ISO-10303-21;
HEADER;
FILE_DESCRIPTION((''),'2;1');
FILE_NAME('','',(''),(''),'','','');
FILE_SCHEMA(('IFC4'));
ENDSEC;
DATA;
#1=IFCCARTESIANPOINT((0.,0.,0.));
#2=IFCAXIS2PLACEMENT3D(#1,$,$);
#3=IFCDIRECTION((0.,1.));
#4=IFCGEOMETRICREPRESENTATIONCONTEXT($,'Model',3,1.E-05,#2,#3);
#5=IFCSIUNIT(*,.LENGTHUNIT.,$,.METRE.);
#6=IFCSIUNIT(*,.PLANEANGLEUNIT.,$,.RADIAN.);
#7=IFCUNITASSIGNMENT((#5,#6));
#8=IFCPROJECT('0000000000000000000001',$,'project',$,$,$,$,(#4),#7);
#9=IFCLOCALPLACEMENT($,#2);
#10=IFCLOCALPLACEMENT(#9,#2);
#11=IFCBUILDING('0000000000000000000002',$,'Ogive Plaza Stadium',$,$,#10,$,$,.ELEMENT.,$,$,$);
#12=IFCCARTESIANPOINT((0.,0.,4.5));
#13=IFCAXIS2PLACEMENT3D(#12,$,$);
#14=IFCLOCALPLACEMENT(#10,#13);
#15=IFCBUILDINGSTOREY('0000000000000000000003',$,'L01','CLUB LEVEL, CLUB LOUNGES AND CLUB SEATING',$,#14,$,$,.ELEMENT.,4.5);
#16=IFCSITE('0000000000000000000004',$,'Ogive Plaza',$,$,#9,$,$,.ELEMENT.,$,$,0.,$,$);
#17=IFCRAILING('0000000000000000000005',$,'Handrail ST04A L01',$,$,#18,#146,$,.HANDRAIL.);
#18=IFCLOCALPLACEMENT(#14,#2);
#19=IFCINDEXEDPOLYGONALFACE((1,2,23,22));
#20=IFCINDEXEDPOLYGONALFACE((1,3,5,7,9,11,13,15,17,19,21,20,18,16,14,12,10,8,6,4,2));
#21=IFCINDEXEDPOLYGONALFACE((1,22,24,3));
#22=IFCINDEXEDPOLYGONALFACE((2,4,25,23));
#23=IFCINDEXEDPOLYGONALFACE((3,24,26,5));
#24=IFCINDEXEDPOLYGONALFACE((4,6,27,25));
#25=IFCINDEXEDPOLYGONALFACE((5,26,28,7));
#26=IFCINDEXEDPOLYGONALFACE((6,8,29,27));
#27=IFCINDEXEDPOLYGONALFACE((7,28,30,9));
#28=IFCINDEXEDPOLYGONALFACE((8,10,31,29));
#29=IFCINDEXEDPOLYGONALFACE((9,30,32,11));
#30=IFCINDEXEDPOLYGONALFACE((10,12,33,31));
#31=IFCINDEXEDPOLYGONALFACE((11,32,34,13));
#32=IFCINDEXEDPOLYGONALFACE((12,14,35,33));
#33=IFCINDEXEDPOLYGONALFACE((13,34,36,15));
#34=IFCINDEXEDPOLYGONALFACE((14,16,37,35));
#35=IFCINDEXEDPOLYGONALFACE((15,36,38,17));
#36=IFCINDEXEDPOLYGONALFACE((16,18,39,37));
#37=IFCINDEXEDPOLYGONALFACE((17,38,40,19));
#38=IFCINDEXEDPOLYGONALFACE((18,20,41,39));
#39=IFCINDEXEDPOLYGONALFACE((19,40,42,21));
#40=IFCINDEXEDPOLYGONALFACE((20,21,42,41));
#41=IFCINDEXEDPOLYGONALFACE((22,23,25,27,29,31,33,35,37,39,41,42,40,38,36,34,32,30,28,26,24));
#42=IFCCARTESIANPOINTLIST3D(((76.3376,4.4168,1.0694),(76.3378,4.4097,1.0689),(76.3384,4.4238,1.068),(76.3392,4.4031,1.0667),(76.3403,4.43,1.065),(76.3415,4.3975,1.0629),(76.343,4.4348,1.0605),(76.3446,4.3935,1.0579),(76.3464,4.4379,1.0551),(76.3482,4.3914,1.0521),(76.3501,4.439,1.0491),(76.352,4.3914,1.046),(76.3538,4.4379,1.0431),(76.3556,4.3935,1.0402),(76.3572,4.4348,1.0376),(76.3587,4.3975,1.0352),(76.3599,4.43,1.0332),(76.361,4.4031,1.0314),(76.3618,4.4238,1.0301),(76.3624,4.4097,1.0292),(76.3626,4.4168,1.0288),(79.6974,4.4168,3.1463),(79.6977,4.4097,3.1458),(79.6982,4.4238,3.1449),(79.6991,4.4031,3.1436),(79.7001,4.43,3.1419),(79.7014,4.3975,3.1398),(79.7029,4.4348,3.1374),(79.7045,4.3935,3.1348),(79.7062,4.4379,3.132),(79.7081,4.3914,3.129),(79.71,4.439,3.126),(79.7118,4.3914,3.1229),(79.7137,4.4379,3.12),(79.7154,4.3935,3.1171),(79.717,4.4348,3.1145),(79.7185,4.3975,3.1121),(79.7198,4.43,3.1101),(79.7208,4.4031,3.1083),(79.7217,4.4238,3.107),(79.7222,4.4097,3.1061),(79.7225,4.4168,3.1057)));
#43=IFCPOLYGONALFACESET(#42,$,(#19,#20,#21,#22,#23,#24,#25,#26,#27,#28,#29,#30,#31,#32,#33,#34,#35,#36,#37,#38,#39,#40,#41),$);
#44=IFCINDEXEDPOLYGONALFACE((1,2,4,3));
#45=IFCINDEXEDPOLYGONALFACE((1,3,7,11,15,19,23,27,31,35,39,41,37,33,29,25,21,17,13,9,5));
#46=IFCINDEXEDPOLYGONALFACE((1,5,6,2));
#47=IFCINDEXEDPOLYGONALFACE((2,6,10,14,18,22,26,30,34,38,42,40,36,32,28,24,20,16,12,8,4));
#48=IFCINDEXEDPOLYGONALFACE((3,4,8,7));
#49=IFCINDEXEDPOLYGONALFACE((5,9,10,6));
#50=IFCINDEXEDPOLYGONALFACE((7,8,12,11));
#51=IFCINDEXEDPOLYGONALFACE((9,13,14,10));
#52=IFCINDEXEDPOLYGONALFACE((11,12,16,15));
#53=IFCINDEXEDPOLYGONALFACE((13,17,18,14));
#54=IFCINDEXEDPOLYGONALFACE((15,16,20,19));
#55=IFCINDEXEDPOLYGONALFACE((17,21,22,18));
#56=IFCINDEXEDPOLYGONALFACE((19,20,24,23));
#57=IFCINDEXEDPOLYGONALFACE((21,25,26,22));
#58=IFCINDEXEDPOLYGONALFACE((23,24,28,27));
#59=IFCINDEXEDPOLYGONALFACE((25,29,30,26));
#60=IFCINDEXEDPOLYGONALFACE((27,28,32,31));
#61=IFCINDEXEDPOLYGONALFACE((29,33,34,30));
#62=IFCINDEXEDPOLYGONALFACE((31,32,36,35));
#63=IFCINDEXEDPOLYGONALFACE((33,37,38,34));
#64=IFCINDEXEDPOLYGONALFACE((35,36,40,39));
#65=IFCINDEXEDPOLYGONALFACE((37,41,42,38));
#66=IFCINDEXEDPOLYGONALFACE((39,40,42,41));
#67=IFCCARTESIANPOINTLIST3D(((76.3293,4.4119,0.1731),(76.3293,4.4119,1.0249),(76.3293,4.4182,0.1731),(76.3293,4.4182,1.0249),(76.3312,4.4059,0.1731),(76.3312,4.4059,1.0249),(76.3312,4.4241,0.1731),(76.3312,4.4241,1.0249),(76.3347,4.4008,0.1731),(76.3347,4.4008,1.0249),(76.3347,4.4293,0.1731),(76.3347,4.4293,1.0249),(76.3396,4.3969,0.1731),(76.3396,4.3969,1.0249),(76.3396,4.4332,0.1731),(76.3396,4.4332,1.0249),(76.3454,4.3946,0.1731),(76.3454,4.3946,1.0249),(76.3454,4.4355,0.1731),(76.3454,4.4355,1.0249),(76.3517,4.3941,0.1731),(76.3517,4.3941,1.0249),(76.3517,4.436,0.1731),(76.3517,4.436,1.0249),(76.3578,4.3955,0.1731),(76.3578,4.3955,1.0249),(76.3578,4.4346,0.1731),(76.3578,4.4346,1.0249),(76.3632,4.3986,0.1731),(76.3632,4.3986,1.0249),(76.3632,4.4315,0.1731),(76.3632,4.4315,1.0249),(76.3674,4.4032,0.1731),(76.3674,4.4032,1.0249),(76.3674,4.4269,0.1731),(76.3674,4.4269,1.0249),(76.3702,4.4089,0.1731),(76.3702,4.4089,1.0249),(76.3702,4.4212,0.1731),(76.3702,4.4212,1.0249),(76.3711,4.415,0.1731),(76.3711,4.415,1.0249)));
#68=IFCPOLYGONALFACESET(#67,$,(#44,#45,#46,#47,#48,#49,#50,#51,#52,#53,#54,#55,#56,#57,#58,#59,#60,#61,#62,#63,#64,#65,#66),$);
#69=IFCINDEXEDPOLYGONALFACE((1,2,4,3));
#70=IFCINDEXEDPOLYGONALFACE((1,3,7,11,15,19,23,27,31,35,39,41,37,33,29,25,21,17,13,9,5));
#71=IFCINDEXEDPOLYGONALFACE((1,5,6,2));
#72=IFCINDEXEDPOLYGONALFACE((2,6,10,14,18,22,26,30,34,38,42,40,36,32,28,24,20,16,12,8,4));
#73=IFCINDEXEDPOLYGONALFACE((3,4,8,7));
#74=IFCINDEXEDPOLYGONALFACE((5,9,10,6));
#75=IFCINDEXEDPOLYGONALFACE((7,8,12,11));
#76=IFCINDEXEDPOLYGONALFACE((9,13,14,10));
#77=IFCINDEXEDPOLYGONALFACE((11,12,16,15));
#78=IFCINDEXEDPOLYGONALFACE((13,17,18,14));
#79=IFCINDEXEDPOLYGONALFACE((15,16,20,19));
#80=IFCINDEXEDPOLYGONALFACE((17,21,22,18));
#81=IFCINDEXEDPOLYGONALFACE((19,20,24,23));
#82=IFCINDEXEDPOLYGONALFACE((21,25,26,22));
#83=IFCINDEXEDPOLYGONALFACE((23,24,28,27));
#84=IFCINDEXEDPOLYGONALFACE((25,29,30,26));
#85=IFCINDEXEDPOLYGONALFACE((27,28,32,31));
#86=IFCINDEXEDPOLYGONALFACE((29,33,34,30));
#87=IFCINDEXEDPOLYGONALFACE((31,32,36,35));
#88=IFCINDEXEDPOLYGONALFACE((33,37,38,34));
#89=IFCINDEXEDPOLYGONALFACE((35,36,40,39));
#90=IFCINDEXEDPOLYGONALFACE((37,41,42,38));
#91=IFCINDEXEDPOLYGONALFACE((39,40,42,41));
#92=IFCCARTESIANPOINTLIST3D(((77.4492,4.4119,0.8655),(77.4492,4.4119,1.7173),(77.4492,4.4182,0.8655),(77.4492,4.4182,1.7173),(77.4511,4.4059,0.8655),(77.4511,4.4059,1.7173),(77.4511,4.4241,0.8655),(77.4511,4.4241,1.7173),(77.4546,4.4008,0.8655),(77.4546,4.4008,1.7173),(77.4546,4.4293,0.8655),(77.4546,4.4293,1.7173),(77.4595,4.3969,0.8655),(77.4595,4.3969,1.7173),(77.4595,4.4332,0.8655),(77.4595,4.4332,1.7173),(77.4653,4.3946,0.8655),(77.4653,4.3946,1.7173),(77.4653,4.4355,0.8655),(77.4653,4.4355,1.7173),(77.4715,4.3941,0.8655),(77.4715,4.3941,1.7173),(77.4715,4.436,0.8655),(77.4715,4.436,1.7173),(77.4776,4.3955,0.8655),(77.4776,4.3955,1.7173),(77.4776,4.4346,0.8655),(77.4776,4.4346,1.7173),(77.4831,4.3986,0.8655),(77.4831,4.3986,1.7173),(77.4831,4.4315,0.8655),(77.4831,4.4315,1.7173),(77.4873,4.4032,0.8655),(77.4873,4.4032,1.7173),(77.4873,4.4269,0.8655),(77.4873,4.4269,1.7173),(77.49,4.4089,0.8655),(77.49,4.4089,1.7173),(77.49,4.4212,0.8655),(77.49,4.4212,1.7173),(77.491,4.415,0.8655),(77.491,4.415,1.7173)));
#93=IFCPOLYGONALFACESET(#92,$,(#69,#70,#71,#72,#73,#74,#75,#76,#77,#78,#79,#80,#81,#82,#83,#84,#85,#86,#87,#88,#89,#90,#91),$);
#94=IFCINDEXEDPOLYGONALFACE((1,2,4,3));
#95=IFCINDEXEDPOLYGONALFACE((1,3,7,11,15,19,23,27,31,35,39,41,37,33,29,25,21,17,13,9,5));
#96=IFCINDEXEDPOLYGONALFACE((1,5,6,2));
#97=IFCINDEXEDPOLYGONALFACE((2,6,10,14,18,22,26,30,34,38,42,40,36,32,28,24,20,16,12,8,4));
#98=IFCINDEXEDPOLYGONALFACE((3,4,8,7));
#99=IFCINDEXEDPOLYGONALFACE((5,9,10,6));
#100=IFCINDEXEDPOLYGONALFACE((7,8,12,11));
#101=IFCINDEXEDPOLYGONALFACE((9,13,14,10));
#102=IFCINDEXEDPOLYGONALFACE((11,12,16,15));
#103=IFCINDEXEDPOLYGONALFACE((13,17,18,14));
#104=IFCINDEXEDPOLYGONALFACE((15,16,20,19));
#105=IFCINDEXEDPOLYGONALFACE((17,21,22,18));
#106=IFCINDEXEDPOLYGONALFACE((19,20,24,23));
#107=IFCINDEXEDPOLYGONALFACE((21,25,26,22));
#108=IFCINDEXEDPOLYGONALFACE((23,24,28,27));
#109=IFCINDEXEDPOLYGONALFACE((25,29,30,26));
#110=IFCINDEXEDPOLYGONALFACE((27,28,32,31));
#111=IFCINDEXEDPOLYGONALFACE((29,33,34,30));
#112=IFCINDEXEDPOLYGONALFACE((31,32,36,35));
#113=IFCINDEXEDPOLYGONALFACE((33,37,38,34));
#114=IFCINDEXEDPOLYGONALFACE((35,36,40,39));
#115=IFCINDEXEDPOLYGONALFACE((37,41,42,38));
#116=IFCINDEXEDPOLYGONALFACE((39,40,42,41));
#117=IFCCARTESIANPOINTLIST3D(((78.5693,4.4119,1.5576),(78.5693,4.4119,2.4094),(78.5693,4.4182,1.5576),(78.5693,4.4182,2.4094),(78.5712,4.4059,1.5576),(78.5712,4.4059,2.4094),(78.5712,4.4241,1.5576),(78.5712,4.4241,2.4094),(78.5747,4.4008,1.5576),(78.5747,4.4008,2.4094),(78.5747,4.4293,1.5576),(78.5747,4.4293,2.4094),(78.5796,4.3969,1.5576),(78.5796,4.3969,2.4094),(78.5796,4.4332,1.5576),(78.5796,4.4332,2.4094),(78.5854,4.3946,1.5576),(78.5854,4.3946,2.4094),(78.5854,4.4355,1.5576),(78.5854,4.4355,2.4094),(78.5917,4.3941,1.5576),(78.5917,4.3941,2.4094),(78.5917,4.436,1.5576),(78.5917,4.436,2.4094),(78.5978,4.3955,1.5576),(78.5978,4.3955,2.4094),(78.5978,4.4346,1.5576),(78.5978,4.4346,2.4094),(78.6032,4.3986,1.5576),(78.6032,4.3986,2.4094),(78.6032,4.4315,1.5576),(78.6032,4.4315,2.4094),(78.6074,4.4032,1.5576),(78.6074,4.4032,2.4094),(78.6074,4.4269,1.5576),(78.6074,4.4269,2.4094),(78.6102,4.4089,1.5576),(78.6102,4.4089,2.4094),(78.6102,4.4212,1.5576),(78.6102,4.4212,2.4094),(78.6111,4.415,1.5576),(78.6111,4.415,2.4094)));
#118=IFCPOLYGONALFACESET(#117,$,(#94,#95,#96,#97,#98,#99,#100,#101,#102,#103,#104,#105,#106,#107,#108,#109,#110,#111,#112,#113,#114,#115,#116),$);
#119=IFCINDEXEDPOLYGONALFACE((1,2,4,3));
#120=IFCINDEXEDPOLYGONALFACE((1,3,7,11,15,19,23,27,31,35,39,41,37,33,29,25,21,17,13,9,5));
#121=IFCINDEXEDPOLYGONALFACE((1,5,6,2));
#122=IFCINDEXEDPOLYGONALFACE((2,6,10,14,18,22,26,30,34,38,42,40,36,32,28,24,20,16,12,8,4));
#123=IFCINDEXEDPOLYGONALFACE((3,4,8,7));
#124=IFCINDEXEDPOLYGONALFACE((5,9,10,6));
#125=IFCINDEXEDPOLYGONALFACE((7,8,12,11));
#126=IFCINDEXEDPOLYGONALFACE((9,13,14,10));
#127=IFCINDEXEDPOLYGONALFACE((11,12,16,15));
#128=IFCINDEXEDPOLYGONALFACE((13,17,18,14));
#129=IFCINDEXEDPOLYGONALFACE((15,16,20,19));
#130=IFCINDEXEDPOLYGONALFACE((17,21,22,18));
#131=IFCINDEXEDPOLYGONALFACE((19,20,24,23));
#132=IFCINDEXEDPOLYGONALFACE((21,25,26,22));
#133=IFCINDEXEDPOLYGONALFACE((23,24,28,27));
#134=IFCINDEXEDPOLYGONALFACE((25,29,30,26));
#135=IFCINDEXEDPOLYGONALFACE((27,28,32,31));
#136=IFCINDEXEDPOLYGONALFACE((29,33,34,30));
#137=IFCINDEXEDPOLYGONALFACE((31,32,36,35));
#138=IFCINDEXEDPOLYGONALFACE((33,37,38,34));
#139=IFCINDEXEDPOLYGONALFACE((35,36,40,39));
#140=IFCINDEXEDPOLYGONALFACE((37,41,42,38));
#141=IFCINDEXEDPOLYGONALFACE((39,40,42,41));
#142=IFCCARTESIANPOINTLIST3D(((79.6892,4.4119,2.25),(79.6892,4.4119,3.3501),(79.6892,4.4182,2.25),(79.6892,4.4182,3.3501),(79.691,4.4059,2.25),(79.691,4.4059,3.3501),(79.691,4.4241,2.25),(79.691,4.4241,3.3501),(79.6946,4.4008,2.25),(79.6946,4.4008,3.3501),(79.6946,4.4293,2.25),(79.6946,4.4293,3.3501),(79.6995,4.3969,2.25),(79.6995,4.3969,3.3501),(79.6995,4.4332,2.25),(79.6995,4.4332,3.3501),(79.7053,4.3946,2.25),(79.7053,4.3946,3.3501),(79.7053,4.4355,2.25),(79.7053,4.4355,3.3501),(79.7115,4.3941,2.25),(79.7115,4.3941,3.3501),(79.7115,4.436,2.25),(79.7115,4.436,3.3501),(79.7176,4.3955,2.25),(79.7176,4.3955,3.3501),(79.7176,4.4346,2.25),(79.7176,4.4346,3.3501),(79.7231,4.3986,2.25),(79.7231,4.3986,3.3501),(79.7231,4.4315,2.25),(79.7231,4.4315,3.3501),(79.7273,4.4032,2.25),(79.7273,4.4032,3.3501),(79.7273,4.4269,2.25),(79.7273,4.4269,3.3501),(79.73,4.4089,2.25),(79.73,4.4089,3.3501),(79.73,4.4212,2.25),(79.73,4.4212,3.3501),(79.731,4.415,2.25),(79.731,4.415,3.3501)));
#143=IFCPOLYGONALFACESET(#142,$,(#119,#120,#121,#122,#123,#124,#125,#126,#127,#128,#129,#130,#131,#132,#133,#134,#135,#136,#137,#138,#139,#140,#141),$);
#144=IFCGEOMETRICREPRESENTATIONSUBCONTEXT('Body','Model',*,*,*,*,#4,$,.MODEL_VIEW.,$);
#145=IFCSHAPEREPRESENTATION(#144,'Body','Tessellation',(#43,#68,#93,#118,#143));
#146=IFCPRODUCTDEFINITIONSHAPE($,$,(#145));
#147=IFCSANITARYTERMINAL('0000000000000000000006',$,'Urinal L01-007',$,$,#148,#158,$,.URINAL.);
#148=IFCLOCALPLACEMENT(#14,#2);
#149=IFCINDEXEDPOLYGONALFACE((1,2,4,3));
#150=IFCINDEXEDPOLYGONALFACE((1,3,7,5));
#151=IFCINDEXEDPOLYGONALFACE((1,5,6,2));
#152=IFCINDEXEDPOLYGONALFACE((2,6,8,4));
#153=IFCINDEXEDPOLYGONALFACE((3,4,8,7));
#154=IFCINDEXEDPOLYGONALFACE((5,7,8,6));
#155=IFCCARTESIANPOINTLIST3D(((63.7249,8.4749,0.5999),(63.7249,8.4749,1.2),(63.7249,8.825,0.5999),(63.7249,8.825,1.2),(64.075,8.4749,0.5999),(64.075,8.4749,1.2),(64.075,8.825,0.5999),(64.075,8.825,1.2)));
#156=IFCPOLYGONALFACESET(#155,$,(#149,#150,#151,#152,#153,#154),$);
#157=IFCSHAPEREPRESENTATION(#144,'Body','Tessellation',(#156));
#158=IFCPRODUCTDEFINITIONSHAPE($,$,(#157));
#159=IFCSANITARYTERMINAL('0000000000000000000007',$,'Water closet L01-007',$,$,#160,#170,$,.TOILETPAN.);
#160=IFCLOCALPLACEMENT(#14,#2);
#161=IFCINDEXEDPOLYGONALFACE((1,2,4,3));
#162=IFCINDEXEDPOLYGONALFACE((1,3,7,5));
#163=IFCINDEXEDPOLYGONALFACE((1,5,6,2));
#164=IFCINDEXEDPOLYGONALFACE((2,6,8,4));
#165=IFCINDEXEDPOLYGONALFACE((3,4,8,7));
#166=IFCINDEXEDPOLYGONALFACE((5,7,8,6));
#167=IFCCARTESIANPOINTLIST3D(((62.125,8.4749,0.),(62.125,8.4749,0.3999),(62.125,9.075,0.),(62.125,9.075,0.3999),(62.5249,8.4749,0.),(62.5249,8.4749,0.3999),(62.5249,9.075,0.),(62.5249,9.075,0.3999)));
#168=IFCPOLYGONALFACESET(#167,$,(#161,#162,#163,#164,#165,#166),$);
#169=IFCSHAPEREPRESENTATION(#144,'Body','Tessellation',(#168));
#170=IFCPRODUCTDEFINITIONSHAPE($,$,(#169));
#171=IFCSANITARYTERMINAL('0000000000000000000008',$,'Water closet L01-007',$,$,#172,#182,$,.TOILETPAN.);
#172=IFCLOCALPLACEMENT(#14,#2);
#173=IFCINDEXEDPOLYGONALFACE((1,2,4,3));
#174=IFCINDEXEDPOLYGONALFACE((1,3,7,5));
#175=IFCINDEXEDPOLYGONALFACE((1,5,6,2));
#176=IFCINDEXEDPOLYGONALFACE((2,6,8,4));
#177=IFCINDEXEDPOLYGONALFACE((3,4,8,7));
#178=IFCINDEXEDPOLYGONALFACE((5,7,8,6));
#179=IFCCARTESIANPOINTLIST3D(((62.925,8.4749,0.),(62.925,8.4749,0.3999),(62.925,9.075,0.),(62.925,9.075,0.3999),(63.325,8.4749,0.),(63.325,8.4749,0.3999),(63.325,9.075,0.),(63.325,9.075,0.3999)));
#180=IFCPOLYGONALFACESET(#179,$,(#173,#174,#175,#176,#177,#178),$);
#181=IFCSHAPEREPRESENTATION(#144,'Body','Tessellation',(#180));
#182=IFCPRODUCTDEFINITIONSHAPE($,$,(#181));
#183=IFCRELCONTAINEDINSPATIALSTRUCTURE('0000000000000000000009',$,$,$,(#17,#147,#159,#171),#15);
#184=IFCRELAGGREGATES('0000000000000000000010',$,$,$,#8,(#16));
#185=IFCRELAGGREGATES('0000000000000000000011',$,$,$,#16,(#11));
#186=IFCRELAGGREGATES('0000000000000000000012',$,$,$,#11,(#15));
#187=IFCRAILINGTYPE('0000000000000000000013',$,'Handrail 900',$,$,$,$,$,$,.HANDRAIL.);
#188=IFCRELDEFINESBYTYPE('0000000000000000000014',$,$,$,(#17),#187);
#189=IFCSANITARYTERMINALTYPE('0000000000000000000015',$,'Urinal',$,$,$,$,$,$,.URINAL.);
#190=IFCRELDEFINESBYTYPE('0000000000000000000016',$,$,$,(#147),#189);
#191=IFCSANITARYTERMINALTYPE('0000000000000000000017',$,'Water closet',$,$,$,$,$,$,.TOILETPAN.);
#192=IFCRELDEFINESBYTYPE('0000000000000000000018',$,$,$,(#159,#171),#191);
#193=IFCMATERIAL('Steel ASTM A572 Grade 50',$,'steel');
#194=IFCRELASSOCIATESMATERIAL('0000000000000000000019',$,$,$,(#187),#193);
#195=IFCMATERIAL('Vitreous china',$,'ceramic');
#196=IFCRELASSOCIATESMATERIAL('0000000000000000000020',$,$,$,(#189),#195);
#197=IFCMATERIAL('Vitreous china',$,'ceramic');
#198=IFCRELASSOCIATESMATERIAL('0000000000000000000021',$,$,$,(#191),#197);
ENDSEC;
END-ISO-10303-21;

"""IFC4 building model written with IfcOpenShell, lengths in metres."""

from ifc_helpers import new_model, si_unit, direction, frame, origin, origin_2d, place, context, subcontext, project, spatial, rectangle, circle, extrude, material, type_object, element, save


model = new_model("IFC4")

# Units and contexts
model_context = context("Model", 3, precision=1e-05, world=origin(), true_north=direction((0.0, 1.0)))
body_context = subcontext(model_context, "Body", "Model", "MODEL_VIEW")
ifc_project = project(units=[si_unit("LENGTHUNIT", "METRE"), si_unit("PLANEANGLEUNIT", "RADIAN")], contexts=[model_context])

# Site, building, storey
site_placement = place(None, origin())
site = spatial("IfcSite", under=ifc_project, at=site_placement, Name="Ogive Plaza", CompositionType="ELEMENT", RefElevation=0.0)
building_placement = place(site_placement, origin())
building = spatial("IfcBuilding", under=site, at=building_placement, Name="Ogive Plaza Stadium", CompositionType="ELEMENT")
storey_placement = place(building_placement, frame((0.0, 0.0, 4.5)))
storey = spatial("IfcBuildingStorey", under=building, at=storey_placement, Name="L01", Description="CLUB LEVEL, CLUB LOUNGES AND CLUB SEATING", CompositionType="ELEMENT", Elevation=4.5)

# Railing
ifc_material_1 = material(Name="Steel ASTM A572 Grade 50", Category="steel")
railing_type_1 = type_object("IfcRailingType", Name="Handrail 900", PredefinedType="HANDRAIL", material=ifc_material_1)
for number, where, name in (
    (1, (76.3501, 4.415, 0.1731), "Handrail ST04A L01"),
):
    element("IfcRailing", number, at=place(storey_placement, frame(where)), inside=storey, type_object=railing_type_1, Name=name, PredefinedType="HANDRAIL", context=body_context, shape_type="SweptSolid", body=[
        extrude(circle(Radius=0.0239, at=origin_2d()), frame((0.0, 0.0, 0.876), z_axis=(0.850606, 0.0, 0.525803), x_axis=(0.0, 1.0, 0.0)), (0.0, 0.0, 1.0), 3.95),
        extrude(circle(Radius=0.021, at=origin_2d()), origin(), (0.0, 0.0, 1.0), 0.8518),
        extrude(circle(Radius=0.021, at=origin_2d()), frame((1.1199, 0.0, 0.6924)), (0.0, 0.0, 1.0), 0.8518),
        extrude(circle(Radius=0.021, at=origin_2d()), frame((2.24, 0.0, 1.3845)), (0.0, 0.0, 1.0), 0.8518),
        extrude(circle(Radius=0.021, at=origin_2d()), frame((3.3599, 0.0, 2.0769)), (0.0, 0.0, 1.0), 1.1001),
    ])

# Sanitary terminals
ifc_material_2 = material(Name="Vitreous china", Category="ceramic")
sanitary_terminal_type_1 = type_object("IfcSanitaryTerminalType", Name="Urinal", PredefinedType="URINAL", material=ifc_material_2)
sanitary_terminal_placement = place(storey_placement, frame((63.8999, 8.6499, 0.5999), z_axis=(0.0, 0.0, 1.0), x_axis=(1.0, 0.0, 0.0)))
element("IfcSanitaryTerminal", 2, at=sanitary_terminal_placement, inside=storey, type_object=sanitary_terminal_type_1, Name="Urinal L01-007", PredefinedType="URINAL", context=body_context, shape_type="SweptSolid", body=[
    extrude(rectangle(XDim=0.3501, YDim=0.3501, at=origin_2d()), origin(), (0.0, 0.0, 1.0), 0.6001),
])
ifc_material_3 = material(Name="Vitreous china", Category="ceramic")
sanitary_terminal_type_2 = type_object("IfcSanitaryTerminalType", Name="Water closet", PredefinedType="TOILETPAN", material=ifc_material_3)
for number, where, z_axis, x_axis, name in (
    (3, (62.325, 8.7749, 0.0), (0.0, 0.0, 1.0), (1.0, 0.0, 0.0), "Water closet L01-007"),
    (4, (63.125, 8.7749, 0.0), (0.0, 0.0, 1.0), (1.0, 0.0, 0.0), "Water closet L01-007"),
):
    element("IfcSanitaryTerminal", number, at=place(storey_placement, frame(where, z_axis=z_axis, x_axis=x_axis)), inside=storey, type_object=sanitary_terminal_type_2, Name=name, PredefinedType="TOILETPAN", context=body_context, shape_type="SweptSolid", body=[
        extrude(rectangle(XDim=0.3999, YDim=0.6001, at=origin_2d()), origin(), (0.0, 0.0, 1.0), 0.3999),
    ])

save(model, "model.ifc")
